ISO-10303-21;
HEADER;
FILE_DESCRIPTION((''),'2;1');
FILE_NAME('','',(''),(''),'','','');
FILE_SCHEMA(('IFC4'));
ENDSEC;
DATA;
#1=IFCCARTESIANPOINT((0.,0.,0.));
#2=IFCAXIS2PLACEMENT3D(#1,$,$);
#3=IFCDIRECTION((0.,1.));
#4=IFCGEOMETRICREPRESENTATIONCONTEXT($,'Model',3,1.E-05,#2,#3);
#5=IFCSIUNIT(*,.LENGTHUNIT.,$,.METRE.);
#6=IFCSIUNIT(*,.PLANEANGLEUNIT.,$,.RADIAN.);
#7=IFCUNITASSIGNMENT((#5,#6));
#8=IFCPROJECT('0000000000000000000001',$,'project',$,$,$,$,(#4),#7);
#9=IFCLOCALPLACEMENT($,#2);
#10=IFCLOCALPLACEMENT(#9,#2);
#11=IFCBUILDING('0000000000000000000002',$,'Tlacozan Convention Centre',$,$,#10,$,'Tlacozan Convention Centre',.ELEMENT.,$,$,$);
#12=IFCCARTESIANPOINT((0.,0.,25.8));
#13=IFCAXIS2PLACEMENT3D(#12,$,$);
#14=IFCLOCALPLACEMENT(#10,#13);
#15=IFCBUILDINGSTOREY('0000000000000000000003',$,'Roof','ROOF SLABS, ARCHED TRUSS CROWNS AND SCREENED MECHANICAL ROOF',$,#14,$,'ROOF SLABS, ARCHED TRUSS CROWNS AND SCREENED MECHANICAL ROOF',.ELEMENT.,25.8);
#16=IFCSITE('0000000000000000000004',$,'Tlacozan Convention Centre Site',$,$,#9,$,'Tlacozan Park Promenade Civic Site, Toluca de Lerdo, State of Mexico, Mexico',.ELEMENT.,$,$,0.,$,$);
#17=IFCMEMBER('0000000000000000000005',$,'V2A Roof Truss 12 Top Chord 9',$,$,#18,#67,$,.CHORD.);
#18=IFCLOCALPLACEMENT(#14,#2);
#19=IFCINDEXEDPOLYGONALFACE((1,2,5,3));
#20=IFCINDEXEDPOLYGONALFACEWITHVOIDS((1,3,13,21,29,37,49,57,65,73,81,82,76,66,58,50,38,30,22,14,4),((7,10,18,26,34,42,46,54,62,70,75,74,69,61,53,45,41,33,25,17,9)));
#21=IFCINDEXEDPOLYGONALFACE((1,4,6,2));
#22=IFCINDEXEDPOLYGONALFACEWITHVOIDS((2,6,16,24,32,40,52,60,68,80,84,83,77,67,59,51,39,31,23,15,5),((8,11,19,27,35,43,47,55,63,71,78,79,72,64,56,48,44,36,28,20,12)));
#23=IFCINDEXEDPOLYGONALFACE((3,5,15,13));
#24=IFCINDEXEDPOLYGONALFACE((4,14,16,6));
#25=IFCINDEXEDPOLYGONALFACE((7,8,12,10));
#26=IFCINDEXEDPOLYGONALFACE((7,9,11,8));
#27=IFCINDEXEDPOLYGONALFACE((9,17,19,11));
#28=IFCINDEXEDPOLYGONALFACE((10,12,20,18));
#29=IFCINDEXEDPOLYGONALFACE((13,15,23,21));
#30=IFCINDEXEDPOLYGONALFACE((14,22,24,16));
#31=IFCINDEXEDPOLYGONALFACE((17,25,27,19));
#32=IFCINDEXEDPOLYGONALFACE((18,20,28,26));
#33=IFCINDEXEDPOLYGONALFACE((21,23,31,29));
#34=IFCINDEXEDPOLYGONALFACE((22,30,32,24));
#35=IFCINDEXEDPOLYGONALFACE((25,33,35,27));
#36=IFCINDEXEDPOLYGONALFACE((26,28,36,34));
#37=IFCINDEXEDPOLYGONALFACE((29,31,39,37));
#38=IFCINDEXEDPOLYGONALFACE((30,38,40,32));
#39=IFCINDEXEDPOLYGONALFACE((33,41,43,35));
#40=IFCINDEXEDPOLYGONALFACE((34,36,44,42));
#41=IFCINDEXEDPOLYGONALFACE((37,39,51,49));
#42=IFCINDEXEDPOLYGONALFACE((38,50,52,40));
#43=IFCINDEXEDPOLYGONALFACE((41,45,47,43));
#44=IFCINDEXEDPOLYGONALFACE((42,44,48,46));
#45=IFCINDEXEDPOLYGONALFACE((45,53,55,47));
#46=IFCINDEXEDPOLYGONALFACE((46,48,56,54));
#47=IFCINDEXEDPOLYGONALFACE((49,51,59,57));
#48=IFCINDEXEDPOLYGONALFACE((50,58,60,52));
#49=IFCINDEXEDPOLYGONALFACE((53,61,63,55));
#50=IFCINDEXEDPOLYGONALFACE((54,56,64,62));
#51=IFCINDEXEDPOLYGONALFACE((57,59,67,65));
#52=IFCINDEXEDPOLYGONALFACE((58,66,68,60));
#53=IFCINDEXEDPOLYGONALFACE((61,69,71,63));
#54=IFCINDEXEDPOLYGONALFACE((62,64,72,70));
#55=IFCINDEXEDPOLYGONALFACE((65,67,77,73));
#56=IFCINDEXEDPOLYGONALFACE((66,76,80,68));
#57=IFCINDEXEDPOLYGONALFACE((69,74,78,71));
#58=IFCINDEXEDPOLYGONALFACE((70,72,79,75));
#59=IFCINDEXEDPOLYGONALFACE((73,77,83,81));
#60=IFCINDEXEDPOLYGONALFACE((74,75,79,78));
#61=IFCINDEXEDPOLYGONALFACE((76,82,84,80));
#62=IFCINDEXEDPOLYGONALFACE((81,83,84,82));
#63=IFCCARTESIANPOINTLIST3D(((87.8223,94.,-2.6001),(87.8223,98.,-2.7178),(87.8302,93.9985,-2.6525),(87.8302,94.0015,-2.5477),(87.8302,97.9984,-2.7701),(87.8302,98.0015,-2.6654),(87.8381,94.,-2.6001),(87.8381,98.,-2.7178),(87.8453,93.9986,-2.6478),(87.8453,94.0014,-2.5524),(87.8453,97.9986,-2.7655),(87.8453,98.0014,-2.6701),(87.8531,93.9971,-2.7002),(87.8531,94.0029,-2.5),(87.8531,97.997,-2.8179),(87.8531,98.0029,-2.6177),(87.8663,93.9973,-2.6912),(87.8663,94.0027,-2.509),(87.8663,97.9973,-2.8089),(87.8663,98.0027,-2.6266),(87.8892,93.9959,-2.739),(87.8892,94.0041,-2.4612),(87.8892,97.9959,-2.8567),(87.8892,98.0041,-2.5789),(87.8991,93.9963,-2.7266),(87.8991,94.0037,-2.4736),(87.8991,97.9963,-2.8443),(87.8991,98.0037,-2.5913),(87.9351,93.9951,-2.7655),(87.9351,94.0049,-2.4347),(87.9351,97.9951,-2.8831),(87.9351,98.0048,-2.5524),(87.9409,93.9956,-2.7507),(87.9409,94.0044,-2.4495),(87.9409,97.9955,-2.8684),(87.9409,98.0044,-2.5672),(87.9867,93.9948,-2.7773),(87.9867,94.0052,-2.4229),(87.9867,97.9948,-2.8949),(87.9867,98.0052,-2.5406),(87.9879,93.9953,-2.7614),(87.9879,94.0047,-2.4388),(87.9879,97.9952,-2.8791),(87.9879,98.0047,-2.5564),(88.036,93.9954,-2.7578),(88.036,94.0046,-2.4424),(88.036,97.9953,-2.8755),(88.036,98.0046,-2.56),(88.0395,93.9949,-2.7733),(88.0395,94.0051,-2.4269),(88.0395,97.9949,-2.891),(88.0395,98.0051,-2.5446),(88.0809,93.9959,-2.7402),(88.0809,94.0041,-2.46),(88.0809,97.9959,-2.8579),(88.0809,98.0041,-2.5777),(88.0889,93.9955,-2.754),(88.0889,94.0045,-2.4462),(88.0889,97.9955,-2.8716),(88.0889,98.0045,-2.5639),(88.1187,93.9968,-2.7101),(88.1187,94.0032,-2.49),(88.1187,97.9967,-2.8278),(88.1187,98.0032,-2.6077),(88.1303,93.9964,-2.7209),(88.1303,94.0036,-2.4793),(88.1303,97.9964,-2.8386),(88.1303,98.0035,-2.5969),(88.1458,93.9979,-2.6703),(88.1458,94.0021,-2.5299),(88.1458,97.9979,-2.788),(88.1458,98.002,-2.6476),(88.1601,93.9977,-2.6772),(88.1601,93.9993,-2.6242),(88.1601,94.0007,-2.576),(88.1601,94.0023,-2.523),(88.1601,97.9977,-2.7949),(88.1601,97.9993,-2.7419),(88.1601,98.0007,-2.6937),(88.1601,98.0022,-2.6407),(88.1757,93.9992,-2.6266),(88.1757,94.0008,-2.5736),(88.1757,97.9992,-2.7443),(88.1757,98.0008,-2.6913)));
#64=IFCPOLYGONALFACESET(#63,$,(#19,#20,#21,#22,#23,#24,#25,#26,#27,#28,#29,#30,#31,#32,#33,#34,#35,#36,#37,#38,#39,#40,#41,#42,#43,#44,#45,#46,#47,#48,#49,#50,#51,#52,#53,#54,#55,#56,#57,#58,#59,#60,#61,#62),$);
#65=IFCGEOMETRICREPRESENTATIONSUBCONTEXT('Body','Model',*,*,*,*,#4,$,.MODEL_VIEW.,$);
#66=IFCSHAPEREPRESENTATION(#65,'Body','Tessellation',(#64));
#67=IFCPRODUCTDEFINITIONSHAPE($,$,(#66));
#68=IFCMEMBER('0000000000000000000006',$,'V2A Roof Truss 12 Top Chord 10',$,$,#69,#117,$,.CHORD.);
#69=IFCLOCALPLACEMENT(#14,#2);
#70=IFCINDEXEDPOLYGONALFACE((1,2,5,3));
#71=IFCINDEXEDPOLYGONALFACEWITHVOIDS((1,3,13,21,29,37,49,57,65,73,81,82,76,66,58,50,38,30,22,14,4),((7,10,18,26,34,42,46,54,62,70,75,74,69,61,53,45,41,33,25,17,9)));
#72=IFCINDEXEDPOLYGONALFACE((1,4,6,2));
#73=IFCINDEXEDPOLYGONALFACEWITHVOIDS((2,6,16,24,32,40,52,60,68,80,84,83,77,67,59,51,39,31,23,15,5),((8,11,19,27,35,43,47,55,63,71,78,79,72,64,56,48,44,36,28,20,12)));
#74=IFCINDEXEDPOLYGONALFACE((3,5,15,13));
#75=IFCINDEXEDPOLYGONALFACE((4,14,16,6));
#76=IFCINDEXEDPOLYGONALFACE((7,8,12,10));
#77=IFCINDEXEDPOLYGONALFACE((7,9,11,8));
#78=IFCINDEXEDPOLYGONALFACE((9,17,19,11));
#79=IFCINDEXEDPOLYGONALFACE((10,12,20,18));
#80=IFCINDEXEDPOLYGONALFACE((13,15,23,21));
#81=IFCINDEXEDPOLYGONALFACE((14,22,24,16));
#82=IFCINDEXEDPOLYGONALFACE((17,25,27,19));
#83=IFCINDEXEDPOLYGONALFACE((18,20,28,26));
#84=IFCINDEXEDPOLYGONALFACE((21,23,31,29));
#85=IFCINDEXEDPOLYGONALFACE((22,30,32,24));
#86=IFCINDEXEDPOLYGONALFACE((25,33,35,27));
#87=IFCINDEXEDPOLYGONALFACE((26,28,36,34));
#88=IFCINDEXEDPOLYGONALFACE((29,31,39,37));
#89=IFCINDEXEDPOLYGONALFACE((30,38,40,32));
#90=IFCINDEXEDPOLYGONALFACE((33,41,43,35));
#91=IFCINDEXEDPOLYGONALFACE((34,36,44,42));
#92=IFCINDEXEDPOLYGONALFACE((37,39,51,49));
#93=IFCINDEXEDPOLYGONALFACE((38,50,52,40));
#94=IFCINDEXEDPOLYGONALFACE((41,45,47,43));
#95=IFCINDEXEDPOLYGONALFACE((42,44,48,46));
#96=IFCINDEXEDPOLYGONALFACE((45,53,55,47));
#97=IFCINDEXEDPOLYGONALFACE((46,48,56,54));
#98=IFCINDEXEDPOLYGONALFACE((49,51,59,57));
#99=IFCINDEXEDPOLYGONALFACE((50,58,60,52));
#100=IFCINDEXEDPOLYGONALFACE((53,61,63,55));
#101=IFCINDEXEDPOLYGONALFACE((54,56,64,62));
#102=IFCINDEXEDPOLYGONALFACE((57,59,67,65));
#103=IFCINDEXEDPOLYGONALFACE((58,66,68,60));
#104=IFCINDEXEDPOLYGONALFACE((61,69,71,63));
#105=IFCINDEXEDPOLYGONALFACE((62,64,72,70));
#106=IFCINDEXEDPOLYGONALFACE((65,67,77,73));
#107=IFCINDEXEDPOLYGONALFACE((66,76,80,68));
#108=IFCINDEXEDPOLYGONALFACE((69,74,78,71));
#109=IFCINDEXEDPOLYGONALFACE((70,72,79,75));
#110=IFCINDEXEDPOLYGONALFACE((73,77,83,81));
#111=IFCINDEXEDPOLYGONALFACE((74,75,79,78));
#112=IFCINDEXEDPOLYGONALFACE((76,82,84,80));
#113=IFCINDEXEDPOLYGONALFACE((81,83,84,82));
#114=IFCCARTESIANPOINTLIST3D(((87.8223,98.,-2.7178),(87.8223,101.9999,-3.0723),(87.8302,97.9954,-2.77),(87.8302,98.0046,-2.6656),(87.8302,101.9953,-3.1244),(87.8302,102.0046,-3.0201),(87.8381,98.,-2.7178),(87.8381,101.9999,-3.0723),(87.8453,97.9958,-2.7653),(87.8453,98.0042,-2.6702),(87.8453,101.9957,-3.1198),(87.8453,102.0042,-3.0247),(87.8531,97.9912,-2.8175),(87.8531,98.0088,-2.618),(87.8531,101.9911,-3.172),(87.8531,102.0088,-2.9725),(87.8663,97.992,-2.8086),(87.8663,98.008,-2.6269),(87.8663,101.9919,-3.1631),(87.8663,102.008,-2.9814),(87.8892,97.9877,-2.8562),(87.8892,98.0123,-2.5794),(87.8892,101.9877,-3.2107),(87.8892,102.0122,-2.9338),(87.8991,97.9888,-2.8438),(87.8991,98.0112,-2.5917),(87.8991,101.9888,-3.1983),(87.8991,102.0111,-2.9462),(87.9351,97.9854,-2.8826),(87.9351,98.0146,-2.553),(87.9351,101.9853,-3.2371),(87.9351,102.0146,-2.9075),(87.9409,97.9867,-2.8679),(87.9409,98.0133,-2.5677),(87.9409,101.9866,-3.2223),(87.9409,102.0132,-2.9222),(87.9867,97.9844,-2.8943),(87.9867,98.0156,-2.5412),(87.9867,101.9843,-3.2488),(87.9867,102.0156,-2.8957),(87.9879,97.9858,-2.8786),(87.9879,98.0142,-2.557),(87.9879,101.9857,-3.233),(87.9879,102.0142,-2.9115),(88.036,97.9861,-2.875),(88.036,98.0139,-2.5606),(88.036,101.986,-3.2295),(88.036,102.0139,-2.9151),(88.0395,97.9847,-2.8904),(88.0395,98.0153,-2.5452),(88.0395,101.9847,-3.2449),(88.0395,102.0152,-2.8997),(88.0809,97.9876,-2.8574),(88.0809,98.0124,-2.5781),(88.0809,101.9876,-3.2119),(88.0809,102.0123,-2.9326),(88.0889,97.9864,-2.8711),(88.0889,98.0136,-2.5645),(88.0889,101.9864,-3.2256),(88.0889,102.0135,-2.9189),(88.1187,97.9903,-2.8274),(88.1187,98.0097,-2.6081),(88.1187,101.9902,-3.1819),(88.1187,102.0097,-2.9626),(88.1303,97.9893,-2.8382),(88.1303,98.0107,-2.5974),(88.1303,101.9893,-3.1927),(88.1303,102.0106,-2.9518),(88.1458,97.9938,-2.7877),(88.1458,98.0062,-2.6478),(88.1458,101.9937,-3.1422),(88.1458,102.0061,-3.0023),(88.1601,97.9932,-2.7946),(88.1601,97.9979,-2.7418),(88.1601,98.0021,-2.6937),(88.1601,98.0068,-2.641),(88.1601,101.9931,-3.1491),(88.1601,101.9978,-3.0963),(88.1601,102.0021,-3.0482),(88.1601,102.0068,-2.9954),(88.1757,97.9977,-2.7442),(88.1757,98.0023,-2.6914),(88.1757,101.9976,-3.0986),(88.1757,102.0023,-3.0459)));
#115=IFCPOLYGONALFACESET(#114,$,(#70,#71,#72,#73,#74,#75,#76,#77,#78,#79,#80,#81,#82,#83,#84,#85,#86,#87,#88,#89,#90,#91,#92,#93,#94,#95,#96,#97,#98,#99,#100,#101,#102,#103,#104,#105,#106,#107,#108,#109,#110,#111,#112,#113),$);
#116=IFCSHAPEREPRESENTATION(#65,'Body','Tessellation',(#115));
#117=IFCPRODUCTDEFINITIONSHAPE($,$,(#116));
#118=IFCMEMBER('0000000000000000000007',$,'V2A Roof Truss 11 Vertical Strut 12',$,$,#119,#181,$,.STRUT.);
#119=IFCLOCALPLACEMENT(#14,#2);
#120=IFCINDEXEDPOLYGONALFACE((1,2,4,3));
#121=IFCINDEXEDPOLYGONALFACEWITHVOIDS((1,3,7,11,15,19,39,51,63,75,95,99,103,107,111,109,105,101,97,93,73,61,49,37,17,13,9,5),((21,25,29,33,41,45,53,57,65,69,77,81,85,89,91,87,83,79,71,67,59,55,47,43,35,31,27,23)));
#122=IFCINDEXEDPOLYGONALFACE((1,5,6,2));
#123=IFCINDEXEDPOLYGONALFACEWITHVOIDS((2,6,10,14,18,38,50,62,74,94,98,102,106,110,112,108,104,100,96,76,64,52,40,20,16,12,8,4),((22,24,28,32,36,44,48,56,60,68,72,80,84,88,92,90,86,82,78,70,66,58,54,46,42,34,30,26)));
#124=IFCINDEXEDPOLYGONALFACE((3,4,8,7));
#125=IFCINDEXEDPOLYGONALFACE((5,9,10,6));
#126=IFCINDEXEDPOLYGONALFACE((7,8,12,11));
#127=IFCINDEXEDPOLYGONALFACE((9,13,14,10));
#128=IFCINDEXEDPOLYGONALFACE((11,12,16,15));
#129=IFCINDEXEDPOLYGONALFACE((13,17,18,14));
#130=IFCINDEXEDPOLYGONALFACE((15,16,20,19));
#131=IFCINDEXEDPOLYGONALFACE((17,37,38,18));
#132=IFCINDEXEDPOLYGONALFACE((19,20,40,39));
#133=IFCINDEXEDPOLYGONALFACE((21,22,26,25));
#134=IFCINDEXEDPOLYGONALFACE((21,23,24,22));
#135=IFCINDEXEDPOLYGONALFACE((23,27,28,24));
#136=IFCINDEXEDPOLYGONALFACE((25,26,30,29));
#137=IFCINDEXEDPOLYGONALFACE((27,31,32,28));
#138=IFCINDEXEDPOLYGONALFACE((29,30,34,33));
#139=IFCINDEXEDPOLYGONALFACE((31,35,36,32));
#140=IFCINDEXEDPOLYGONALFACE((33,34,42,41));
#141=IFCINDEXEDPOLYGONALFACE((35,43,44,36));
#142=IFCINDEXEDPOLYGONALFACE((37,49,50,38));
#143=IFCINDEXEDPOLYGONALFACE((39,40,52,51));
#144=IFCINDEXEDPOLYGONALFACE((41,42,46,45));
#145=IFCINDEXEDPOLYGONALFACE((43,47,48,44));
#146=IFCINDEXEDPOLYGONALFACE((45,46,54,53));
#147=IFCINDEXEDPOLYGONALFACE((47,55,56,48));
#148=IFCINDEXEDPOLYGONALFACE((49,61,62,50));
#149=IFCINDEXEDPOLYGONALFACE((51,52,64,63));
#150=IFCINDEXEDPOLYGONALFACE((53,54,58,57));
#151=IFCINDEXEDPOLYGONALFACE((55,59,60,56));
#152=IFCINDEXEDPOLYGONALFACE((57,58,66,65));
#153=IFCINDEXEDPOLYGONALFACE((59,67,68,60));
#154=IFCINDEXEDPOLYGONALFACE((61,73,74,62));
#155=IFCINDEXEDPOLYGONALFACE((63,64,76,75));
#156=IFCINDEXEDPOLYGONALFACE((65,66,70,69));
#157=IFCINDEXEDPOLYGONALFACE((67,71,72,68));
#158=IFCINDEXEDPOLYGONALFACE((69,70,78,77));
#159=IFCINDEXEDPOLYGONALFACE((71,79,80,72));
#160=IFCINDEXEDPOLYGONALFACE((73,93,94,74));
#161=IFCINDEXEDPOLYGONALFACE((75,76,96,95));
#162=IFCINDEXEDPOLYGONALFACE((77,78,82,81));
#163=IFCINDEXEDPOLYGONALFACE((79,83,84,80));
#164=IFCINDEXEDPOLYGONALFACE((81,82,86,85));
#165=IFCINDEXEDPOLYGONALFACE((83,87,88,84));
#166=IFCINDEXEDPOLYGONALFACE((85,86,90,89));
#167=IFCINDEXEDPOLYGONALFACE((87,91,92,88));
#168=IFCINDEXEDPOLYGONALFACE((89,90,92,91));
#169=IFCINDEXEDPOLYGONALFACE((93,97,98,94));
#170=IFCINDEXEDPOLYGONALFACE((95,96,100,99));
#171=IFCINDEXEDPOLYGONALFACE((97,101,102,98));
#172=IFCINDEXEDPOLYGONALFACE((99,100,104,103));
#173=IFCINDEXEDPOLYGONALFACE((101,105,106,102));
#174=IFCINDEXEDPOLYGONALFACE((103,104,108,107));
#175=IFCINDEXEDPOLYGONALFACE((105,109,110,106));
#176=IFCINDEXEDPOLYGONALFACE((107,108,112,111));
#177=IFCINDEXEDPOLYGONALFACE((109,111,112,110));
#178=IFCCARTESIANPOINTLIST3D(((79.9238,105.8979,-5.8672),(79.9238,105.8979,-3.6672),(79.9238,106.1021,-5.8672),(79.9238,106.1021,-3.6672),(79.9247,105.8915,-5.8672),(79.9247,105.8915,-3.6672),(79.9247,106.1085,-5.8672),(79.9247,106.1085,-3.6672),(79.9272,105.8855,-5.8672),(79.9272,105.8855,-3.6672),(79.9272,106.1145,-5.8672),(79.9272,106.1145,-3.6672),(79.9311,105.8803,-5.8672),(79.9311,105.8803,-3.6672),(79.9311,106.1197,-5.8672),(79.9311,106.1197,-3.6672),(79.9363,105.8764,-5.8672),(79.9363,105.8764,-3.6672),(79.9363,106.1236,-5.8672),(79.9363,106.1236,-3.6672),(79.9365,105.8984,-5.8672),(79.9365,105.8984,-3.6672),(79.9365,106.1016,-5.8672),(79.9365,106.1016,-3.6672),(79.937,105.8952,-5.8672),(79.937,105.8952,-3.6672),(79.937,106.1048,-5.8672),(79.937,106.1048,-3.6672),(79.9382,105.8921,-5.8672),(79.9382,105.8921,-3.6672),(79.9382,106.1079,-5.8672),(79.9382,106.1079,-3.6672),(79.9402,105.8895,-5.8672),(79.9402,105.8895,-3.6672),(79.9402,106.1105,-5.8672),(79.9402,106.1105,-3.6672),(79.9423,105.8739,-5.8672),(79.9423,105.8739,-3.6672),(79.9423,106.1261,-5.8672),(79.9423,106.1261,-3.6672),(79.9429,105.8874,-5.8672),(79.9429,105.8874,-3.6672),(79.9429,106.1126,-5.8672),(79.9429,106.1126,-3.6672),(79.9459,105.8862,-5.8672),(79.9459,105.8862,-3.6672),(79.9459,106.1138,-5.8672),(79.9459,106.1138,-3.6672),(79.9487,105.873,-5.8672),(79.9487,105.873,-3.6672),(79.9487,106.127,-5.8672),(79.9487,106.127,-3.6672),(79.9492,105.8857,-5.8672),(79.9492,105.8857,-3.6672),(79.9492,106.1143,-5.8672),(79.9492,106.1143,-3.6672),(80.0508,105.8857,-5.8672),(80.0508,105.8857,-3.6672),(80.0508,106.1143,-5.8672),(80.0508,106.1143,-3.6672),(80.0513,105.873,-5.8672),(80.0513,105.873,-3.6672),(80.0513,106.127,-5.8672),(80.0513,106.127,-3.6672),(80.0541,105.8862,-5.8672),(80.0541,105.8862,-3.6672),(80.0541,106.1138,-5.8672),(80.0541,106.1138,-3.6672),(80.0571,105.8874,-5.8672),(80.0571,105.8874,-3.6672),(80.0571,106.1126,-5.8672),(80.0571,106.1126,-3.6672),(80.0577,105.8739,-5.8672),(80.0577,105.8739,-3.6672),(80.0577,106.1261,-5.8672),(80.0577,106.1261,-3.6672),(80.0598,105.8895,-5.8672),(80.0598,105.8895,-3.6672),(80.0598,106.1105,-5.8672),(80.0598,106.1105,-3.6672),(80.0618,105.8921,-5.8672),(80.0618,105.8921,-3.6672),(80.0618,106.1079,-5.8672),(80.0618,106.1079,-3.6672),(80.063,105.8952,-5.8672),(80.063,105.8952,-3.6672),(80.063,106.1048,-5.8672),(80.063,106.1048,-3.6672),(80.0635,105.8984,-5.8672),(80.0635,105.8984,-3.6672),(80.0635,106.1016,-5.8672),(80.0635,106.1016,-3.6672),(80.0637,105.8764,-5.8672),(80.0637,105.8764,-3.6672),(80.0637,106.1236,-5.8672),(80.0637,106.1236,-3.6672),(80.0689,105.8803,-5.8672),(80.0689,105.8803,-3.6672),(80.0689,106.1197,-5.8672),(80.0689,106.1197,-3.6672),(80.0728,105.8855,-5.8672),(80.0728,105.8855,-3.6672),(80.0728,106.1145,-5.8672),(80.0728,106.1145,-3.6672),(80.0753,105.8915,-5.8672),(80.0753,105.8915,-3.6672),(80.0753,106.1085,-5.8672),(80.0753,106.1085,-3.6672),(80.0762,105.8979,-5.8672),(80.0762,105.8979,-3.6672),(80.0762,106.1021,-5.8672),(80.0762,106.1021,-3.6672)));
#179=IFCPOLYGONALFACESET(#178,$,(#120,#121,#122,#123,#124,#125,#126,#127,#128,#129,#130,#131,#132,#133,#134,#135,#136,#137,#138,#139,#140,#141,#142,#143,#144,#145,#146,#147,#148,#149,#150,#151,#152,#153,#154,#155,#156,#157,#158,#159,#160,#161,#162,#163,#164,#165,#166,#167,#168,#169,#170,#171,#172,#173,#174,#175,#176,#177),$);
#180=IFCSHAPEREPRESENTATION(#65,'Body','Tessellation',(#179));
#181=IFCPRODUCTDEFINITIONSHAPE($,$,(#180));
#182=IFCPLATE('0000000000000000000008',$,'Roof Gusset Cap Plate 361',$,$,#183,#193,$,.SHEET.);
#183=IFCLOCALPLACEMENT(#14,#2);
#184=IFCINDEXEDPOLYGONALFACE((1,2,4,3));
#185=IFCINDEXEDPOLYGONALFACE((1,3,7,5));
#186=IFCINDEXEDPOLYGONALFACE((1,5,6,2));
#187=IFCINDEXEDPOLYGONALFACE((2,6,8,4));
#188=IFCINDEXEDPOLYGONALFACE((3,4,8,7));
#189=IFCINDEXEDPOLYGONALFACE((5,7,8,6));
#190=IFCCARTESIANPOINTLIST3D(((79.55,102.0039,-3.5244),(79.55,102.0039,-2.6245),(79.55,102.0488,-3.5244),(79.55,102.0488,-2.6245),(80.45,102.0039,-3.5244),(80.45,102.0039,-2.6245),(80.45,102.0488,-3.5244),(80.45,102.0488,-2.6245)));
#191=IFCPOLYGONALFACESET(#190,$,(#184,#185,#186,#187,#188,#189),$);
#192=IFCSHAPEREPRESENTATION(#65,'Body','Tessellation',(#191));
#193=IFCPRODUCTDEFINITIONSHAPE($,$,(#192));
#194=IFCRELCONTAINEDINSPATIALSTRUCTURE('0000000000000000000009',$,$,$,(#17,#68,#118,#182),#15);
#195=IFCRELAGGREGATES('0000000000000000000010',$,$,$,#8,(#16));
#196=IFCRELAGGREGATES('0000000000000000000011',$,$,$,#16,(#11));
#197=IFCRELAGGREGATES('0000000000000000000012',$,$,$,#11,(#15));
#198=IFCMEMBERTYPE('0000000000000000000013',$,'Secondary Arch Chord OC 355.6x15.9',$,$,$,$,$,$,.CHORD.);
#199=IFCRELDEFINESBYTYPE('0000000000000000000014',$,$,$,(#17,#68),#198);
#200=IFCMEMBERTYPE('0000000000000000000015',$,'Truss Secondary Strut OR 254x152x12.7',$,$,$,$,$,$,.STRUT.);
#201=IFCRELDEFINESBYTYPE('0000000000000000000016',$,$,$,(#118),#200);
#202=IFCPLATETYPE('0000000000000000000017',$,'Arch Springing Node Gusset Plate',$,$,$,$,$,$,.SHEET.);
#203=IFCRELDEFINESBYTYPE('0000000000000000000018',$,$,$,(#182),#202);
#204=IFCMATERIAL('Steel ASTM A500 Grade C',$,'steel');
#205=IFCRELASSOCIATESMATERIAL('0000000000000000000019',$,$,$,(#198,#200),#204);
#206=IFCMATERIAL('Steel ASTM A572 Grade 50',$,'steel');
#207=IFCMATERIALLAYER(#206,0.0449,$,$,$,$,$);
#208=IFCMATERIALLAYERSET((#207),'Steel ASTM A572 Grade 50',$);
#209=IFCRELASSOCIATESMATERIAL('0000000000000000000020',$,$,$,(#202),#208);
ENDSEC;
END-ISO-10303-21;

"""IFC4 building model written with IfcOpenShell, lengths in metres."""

from ifc_helpers import new_model, si_unit, direction, frame, origin, origin_2d, place, context, subcontext, project, spatial, rectangle, hollow_rectangle, hollow_circle, extrude, material, layer, layer_set, material_profile, profile_set, type_object, element, save


model = new_model("IFC4")

# Units and contexts
model_context = context("Model", 3, precision=1e-05, world=origin(), true_north=direction((0.0, 1.0)))
body_context = subcontext(model_context, "Body", "Model", "MODEL_VIEW")
ifc_project = project(units=[si_unit("LENGTHUNIT", "METRE"), si_unit("PLANEANGLEUNIT", "RADIAN")], contexts=[model_context])

# Site, building, storey
site_placement = place(None, origin())
site = spatial("IfcSite", under=ifc_project, at=site_placement, Name="Tlacozan Convention Centre Site", LongName="Tlacozan Park Promenade Civic Site, Toluca de Lerdo, State of Mexico, Mexico", CompositionType="ELEMENT", RefElevation=0.0)
building_placement = place(site_placement, origin())
building = spatial("IfcBuilding", under=site, at=building_placement, Name="Tlacozan Convention Centre", LongName="Tlacozan Convention Centre", CompositionType="ELEMENT")
storey_placement = place(building_placement, frame((0.0, 0.0, 25.8)))
storey = spatial("IfcBuildingStorey", under=building, at=storey_placement, Name="Roof", Description="ROOF SLABS, ARCHED TRUSS CROWNS AND SCREENED MECHANICAL ROOF", LongName="ROOF SLABS, ARCHED TRUSS CROWNS AND SCREENED MECHANICAL ROOF", CompositionType="ELEMENT", Elevation=25.8)

# Members
ifc_material_1 = material(Name="Steel ASTM A500 Grade C", Category="steel")
ifc_material_profile_1 = material_profile(ifc_material_1, hollow_circle(Radius=0.1777, WallThickness=0.0159, at=origin_2d()), Name="OC 355.6x15.9")
ifc_profile_set_1 = profile_set([ifc_material_profile_1], Name="Steel ASTM A500 Grade C")
member_type_1 = type_object("IfcMemberType", Name="Secondary Arch Chord OC 355.6x15.9", PredefinedType="CHORD", material=ifc_profile_set_1)
member_1_placement = place(storey_placement, frame((88.0, 94.0, -2.6001), z_axis=(0.0, 0.999568, -0.029406), x_axis=(-1.0, 0.0, 0.0)))
element("IfcMember", 1, at=member_1_placement, inside=storey, type_object=member_type_1, Name="V2A Roof Truss 12 Top Chord 9", PredefinedType="CHORD", context=body_context, shape_type="SweptSolid", body=[
    extrude(hollow_circle(Radius=0.1777, WallThickness=0.0159, at=origin_2d()), origin(), (0.0, 0.0, 1.0), 4.0017),
])
member_2_placement = place(storey_placement, frame((88.0, 98.0, -2.7178), z_axis=(0.0, 0.996096, -0.088277), x_axis=(-1.0, 0.0, 0.0)))
element("IfcMember", 2, at=member_2_placement, inside=storey, type_object=member_type_1, Name="V2A Roof Truss 12 Top Chord 10", PredefinedType="CHORD", context=body_context, shape_type="SweptSolid", body=[
    extrude(hollow_circle(Radius=0.1777, WallThickness=0.0159, at=origin_2d()), origin(), (0.0, 0.0, 1.0), 4.0156),
])
ifc_material_profile_2 = material_profile(ifc_material_1, hollow_rectangle(XDim=0.1523, YDim=0.2539, WallThickness=0.0127, InnerFilletRadius=0.0127, OuterFilletRadius=0.0249, at=origin_2d()), Name="OR 254x152x12.7")
ifc_profile_set_2 = profile_set([ifc_material_profile_2], Name="Steel ASTM A500 Grade C")
member_type_2 = type_object("IfcMemberType", Name="Truss Secondary Strut OR 254x152x12.7", PredefinedType="STRUT", material=ifc_profile_set_2)
member_3_placement = place(storey_placement, frame((80.0, 106.0, -5.8672), z_axis=(0.0, 0.0, 1.0), x_axis=(1.0, 0.0, 0.0)))
element("IfcMember", 3, at=member_3_placement, inside=storey, type_object=member_type_2, Name="V2A Roof Truss 11 Vertical Strut 12", PredefinedType="STRUT", context=body_context, shape_type="SweptSolid", body=[
    extrude(hollow_rectangle(XDim=0.1523, YDim=0.2539, WallThickness=0.0127, InnerFilletRadius=0.0127, OuterFilletRadius=0.0249, at=origin_2d()), origin(), (0.0, 0.0, 1.0), 2.2),
])

# Plate
ifc_material_2 = material(Name="Steel ASTM A572 Grade 50", Category="steel")
ifc_layer = layer(ifc_material_2, 0.0449)
ifc_layer_set = layer_set([ifc_layer], Name="Steel ASTM A572 Grade 50")
plate_type = type_object("IfcPlateType", Name="Arch Springing Node Gusset Plate", PredefinedType="SHEET", material=ifc_layer_set)
for number, where, z_axis, x_axis, name in (
    (4, (80.0, 102.0264, -3.5244), (0.0, 0.0, 1.0), (0.0, 1.0, 0.0), "Roof Gusset Cap Plate 361"),
):
    element("IfcPlate", number, at=place(storey_placement, frame(where, z_axis=z_axis, x_axis=x_axis)), inside=storey, type_object=plate_type, Name=name, PredefinedType="SHEET", context=body_context, shape_type="SweptSolid", body=[
        extrude(rectangle(XDim=0.0449, YDim=0.8999, at=origin_2d()), origin(), (0.0, 0.0, 1.0), 0.8999),
    ])

save(model, "model.ifc")
